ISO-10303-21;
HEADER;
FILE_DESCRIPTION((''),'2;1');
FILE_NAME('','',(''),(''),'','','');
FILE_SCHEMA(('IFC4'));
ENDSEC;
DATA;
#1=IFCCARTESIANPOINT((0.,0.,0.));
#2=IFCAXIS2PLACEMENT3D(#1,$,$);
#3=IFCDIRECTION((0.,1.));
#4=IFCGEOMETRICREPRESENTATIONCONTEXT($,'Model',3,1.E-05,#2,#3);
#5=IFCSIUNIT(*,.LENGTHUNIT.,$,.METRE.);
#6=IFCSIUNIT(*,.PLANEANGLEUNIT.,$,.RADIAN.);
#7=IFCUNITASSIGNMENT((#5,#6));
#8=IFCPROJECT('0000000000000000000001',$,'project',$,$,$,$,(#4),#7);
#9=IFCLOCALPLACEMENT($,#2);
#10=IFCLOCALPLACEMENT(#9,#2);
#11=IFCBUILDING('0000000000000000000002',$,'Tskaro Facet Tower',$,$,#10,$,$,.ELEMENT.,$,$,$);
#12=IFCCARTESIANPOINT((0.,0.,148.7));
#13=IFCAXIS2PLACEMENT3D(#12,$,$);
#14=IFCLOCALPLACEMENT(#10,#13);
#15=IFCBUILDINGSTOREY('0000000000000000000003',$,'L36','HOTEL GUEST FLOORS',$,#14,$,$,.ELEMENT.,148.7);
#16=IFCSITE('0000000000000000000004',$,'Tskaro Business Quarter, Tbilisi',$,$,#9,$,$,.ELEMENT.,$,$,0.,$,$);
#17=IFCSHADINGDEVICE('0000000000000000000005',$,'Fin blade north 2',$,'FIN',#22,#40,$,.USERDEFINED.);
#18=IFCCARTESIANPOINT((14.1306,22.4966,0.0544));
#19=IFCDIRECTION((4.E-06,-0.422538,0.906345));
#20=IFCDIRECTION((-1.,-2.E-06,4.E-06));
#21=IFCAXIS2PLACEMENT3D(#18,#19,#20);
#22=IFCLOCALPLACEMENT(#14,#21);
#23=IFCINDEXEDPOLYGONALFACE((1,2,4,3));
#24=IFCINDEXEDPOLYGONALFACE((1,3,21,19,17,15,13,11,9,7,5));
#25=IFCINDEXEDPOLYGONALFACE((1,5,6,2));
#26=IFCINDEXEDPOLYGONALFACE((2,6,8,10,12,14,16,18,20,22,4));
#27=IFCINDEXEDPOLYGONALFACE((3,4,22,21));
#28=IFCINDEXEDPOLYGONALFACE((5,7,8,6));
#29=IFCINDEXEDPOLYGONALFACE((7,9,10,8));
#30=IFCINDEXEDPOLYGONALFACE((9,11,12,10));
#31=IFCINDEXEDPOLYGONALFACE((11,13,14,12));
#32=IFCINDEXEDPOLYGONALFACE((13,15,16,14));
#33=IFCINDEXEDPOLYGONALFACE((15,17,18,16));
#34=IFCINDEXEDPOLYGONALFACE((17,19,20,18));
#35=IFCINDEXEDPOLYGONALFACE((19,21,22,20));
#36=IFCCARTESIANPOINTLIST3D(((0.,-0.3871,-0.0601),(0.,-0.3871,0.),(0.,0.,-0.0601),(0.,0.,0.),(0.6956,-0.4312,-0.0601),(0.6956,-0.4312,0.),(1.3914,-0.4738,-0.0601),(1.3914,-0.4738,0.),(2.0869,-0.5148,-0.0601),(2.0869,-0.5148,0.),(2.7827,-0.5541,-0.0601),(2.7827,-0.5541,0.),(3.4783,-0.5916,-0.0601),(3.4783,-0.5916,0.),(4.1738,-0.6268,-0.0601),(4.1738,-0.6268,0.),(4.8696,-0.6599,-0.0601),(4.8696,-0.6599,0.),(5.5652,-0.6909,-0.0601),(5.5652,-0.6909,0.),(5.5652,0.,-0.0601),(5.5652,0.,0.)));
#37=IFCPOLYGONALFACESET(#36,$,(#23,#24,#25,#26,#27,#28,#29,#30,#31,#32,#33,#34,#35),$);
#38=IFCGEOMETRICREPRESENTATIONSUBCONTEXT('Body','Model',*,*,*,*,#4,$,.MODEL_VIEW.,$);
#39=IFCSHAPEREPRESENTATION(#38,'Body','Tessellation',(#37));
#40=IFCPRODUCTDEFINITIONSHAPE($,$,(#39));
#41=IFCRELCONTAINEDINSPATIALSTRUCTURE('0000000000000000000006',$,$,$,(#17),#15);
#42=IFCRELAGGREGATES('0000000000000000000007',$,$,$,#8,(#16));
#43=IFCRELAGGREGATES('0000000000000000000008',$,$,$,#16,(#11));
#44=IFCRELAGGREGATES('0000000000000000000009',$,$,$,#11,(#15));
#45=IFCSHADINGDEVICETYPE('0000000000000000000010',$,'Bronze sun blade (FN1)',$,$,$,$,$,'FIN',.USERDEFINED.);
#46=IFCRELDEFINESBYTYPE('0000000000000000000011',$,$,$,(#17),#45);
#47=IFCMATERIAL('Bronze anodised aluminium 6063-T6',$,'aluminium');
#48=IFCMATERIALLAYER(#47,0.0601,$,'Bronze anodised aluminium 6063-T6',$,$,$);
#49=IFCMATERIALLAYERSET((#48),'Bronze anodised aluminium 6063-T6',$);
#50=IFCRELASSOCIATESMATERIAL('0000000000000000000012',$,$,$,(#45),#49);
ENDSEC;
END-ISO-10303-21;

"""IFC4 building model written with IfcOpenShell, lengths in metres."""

from ifc_helpers import new_model, si_unit, direction, frame, origin, place, context, subcontext, project, spatial, polyline, outline, extrude, material, layer, layer_set, type_object, element, save


model = new_model("IFC4")

# Units and contexts
model_context = context("Model", 3, precision=1e-05, world=origin(), true_north=direction((0.0, 1.0)))
body_context = subcontext(model_context, "Body", "Model", "MODEL_VIEW")
ifc_project = project(units=[si_unit("LENGTHUNIT", "METRE"), si_unit("PLANEANGLEUNIT", "RADIAN")], contexts=[model_context])

# Site, building, storey
site_placement = place(None, origin())
site = spatial("IfcSite", under=ifc_project, at=site_placement, Name="Tskaro Business Quarter, Tbilisi", CompositionType="ELEMENT", RefElevation=0.0)
building_placement = place(site_placement, origin())
building = spatial("IfcBuilding", under=site, at=building_placement, Name="Tskaro Facet Tower", CompositionType="ELEMENT")
storey_placement = place(building_placement, frame((0.0, 0.0, 148.7)))
storey = spatial("IfcBuildingStorey", under=building, at=storey_placement, Name="L36", Description="HOTEL GUEST FLOORS", CompositionType="ELEMENT", Elevation=148.7)

# Shared definitions
ifc_material_1 = material(Name="Bronze anodised aluminium 6063-T6", Category="aluminium")

# Shading device
ifc_layer_1 = layer(ifc_material_1, 0.0601, Name="Bronze anodised aluminium 6063-T6")
ifc_layer_set_1 = layer_set([ifc_layer_1], Name="Bronze anodised aluminium 6063-T6")
shading_device_type = type_object("IfcShadingDeviceType", Name="Bronze sun blade (FN1)", ElementType="FIN", PredefinedType="USERDEFINED", material=ifc_layer_set_1)
shading_device_1_placement = place(storey_placement, frame((14.1306, 22.4966, 0.0544), z_axis=(0.000004, -0.422538, 0.906345), x_axis=(-1.0, -0.000002, 0.000004)))
element("IfcShadingDevice", 1, at=shading_device_1_placement, inside=storey, type_object=shading_device_type, Name="Fin blade north 2", ObjectType="FIN", PredefinedType="USERDEFINED", context=body_context, shape_type="SweptSolid", body=[
    extrude(outline(polyline([(0.0, 0.0), (5.5652, 0.0), (5.5652, -0.6909), (4.8696, -0.6599), (4.1738, -0.6268), (3.4783, -0.5916), (2.7827, -0.5541), (2.0869, -0.5148), (1.3914, -0.4738), (0.6956, -0.4312), (0.0, -0.3871), (0.0, 0.0)])), origin(), (0.0, 0.0, -1.0), 0.0601),
])

save(model, "model.ifc")
